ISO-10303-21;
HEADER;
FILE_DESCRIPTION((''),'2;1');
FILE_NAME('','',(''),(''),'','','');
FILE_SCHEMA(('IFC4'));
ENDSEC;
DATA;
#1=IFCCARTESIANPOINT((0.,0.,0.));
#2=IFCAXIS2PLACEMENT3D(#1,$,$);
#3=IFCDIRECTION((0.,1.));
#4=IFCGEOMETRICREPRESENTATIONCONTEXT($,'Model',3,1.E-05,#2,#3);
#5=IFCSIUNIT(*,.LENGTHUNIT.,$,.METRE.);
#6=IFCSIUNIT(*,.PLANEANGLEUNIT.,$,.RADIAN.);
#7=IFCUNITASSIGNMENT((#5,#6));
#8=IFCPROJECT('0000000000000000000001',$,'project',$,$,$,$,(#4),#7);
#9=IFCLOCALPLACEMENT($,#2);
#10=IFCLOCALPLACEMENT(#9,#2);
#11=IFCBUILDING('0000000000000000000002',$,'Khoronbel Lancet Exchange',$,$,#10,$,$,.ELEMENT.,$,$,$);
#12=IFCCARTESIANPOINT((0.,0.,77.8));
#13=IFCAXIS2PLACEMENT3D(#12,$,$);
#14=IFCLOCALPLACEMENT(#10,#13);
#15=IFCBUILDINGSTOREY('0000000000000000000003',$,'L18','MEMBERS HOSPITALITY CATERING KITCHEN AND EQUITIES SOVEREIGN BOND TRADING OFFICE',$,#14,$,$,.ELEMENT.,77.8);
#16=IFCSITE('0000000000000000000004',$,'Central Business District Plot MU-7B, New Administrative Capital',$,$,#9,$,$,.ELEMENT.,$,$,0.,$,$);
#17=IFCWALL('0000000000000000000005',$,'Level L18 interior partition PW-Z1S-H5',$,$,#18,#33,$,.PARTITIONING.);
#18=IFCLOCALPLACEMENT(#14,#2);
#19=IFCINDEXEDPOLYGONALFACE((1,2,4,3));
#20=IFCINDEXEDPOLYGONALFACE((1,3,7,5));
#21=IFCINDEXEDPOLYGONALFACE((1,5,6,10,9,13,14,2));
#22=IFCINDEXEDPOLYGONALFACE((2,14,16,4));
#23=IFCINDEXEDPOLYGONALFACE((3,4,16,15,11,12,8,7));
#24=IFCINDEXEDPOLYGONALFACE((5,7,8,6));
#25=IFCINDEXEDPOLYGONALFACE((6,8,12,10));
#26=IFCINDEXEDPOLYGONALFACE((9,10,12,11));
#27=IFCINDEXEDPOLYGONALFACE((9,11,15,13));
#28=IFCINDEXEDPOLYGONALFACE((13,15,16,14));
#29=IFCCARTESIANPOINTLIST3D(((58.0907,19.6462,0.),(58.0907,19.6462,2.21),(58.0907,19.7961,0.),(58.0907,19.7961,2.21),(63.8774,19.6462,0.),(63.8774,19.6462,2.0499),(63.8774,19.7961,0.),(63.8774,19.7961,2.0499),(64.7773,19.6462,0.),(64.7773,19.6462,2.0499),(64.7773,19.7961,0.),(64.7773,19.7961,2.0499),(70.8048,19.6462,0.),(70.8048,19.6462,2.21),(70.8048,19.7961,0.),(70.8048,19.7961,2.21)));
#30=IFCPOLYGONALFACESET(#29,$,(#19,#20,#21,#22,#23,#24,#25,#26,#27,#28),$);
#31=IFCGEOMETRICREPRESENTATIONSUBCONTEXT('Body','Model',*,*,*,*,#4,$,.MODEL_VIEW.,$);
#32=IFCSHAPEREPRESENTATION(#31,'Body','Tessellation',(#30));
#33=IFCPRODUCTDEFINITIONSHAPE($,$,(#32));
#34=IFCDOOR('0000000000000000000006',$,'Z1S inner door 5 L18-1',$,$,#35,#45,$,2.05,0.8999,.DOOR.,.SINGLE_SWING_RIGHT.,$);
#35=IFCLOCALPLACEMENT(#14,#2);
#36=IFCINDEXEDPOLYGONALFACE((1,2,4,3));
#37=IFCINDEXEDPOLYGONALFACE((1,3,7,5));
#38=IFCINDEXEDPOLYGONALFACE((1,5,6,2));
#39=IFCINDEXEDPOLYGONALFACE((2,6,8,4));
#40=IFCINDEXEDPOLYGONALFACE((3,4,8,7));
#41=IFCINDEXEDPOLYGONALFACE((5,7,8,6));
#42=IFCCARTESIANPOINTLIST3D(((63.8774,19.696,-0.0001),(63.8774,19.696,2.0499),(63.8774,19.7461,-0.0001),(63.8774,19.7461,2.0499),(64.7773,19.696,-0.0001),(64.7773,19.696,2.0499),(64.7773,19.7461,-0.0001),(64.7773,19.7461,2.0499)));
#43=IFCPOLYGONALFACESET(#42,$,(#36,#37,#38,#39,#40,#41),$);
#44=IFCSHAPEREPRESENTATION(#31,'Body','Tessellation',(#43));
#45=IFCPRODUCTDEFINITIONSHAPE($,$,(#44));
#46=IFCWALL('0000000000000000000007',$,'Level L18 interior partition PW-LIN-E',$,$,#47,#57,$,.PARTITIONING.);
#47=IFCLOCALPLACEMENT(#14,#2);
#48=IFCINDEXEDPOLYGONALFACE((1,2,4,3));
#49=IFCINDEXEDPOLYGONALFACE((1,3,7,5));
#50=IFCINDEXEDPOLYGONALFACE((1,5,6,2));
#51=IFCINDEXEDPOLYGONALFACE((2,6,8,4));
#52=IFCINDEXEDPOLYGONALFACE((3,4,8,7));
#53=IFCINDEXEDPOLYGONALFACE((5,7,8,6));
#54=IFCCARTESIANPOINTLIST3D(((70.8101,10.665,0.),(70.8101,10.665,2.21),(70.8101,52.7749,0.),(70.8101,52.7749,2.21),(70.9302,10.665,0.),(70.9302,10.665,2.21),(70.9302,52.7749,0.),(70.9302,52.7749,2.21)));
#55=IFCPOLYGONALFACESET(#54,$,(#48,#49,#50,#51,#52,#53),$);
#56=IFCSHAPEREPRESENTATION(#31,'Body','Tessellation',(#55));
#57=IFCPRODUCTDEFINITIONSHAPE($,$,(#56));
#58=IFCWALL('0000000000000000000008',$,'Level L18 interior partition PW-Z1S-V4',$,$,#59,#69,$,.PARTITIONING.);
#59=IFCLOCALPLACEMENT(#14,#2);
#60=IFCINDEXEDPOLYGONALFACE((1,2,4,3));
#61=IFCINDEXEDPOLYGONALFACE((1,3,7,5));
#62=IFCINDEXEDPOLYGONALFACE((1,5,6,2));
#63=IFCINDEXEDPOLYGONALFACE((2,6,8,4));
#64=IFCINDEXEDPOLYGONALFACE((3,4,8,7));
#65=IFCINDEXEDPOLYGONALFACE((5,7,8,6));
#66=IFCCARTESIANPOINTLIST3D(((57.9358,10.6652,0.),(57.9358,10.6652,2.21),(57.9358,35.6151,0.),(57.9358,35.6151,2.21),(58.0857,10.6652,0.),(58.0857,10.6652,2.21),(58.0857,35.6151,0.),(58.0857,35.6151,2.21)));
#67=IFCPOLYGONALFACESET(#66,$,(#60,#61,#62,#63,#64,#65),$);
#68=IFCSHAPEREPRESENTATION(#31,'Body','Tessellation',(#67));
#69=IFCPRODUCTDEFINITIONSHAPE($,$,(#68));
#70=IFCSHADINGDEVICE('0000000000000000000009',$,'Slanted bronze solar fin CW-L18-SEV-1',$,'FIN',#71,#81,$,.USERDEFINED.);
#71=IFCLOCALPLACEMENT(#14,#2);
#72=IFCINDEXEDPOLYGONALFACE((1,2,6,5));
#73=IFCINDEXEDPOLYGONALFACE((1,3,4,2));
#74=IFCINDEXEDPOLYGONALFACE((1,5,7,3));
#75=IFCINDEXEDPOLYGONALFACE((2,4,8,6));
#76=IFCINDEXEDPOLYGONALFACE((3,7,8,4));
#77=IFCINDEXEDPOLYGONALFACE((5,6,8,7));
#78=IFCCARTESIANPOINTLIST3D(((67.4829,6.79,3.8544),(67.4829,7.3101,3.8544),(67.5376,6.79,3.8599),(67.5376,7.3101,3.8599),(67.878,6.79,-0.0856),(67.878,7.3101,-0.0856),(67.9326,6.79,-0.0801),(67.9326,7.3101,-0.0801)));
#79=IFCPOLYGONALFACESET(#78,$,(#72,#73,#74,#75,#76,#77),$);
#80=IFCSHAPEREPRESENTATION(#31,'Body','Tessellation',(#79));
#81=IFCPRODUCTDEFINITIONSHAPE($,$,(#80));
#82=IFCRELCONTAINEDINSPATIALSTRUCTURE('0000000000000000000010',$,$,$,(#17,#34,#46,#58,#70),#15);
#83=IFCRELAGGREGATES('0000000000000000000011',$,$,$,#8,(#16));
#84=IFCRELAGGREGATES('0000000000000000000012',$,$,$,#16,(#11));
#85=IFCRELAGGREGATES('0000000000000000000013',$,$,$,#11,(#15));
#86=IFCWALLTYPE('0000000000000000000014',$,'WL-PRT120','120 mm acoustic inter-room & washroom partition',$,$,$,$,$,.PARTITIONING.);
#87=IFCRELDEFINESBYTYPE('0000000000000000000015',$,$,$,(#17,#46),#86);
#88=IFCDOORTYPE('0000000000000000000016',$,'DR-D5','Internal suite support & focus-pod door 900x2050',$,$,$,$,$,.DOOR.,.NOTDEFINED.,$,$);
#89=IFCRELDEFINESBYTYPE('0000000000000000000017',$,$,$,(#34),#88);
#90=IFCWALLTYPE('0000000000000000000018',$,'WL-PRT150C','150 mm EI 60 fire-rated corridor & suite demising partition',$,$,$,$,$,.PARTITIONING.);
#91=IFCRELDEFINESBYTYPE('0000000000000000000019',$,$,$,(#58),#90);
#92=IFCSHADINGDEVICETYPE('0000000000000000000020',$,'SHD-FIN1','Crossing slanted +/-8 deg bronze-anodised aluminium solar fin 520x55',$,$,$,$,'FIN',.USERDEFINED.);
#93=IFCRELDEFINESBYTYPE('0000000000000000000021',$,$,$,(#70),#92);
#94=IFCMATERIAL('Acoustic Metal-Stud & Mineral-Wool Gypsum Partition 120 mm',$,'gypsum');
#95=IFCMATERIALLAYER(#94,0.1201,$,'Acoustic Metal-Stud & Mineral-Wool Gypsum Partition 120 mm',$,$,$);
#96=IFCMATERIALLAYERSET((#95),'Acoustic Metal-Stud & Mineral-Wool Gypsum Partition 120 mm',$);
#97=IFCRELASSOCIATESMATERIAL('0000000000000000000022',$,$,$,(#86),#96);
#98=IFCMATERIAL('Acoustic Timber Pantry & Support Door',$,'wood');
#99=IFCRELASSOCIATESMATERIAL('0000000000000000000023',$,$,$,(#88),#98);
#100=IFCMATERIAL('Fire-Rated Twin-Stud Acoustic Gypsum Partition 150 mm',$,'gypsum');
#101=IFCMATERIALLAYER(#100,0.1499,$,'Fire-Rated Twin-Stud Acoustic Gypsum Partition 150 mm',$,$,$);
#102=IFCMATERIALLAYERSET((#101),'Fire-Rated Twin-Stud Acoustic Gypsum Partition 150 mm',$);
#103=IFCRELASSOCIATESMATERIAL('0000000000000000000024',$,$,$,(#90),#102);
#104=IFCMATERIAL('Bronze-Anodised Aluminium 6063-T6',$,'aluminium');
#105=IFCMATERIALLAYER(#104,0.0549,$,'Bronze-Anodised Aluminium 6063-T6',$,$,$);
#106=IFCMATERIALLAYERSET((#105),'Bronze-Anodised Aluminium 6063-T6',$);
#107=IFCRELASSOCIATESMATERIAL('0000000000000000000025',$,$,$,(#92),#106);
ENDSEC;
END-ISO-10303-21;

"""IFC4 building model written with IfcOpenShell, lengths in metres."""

from ifc_helpers import new_model, si_unit, direction, frame, frame_2d, origin, place, context, subcontext, project, spatial, polyline, rectangle, outline, extrude, material, layer, layer_set, type_object, element, fill, save


model = new_model("IFC4")

# Units and contexts
model_context = context("Model", 3, precision=1e-05, world=origin(), true_north=direction((0.0, 1.0)))
body_context = subcontext(model_context, "Body", "Model", "MODEL_VIEW")
ifc_project = project(units=[si_unit("LENGTHUNIT", "METRE"), si_unit("PLANEANGLEUNIT", "RADIAN")], contexts=[model_context])

# Site, building, storey
site_placement = place(None, origin())
site = spatial("IfcSite", under=ifc_project, at=site_placement, Name="Central Business District Plot MU-7B, New Administrative Capital", CompositionType="ELEMENT", RefElevation=0.0)
building_placement = place(site_placement, origin())
building = spatial("IfcBuilding", under=site, at=building_placement, Name="Khoronbel Lancet Exchange", CompositionType="ELEMENT")
storey_placement = place(building_placement, frame((0.0, 0.0, 77.8)))
storey = spatial("IfcBuildingStorey", under=building, at=storey_placement, Name="L18", Description="MEMBERS HOSPITALITY CATERING KITCHEN AND EQUITIES SOVEREIGN BOND TRADING OFFICE", CompositionType="ELEMENT", Elevation=77.8)

# Shared definitions
ifc_material_1 = material(Name="Bronze-Anodised Aluminium 6063-T6", Category="aluminium")

# Wall, opening, door
ifc_material_2 = material(Name="Acoustic Metal-Stud & Mineral-Wool Gypsum Partition 120 mm", Category="gypsum")
ifc_layer_1 = layer(ifc_material_2, 0.1201, Name="Acoustic Metal-Stud & Mineral-Wool Gypsum Partition 120 mm")
ifc_layer_set_1 = layer_set([ifc_layer_1], Name="Acoustic Metal-Stud & Mineral-Wool Gypsum Partition 120 mm")
wall_type_1 = type_object("IfcWallType", Name="WL-PRT120", Description="120 mm acoustic inter-room & washroom partition", PredefinedType="PARTITIONING", material=ifc_layer_set_1)
wall_1_placement = place(storey_placement, frame((58.0908, 19.7212, 0.0), z_axis=(0.0, 0.0, 1.0), x_axis=(1.0, 0.0, 0.0)))
wall_1 = element("IfcWall", 1, at=wall_1_placement, inside=storey, type_object=wall_type_1, Name="Level L18 interior partition PW-Z1S-H5", PredefinedType="PARTITIONING", context=body_context, shape_type="SweptSolid", body=[
    extrude(rectangle(XDim=12.7141, YDim=0.1499, at=frame_2d((6.3569, 0.0))), origin(), (0.0, 0.0, 1.0), 2.21),
])
opening_placement = place(wall_1_placement, frame((5.7866, 0.0, 0.0)))
opening = element("IfcOpeningElement", 2, at=opening_placement, cuts=wall_1, PredefinedType="OPENING", context=body_context, shape_type="SweptSolid", body=[
    extrude(rectangle(XDim=0.8999, YDim=2.05, at=frame_2d((0.45, 1.0249))), frame((0.0, 0.085, 0.0), z_axis=(0.0, -1.0, 0.0), x_axis=(1.0, 0.0, 0.0)), (0.0, 0.0, 1.0), 0.1699),
])
ifc_material_3 = material(Name="Acoustic Timber Pantry & Support Door", Category="wood")
door_type = type_object("IfcDoorType", Name="DR-D5", Description="Internal suite support & focus-pod door 900x2050", OperationType="NOTDEFINED", PredefinedType="DOOR", material=ifc_material_3)
door_placement = place(opening_placement, origin())
door = element("IfcDoor", 3, at=door_placement, inside=storey, type_object=door_type, Name="Z1S inner door 5 L18-1", OperationType="SINGLE_SWING_RIGHT", OverallHeight=2.05, OverallWidth=0.8999, PredefinedType="DOOR", context=body_context, shape_type="SweptSolid", body=[
    extrude(rectangle(XDim=0.8999, YDim=2.05, at=frame_2d((0.45, 1.0249))), frame((0.0, 0.0249, 0.0), z_axis=(0.0, -1.0, 0.0), x_axis=(1.0, 0.0, 0.0)), (0.0, 0.0, 1.0), 0.05),
])
fill(opening, door)

# Walls
wall_2_placement = place(storey_placement, frame((70.8701, 10.665, 0.0), z_axis=(0.0, 0.0, 1.0), x_axis=(0.0, 1.0, 0.0)))
element("IfcWall", 4, at=wall_2_placement, inside=storey, type_object=wall_type_1, Name="Level L18 interior partition PW-LIN-E", PredefinedType="PARTITIONING", context=body_context, shape_type="SweptSolid", body=[
    extrude(rectangle(XDim=42.1099, YDim=0.1201, at=frame_2d((21.0549, 0.0))), origin(), (0.0, 0.0, 1.0), 2.21),
])
ifc_material_4 = material(Name="Fire-Rated Twin-Stud Acoustic Gypsum Partition 150 mm", Category="gypsum")
ifc_layer_2 = layer(ifc_material_4, 0.1499, Name="Fire-Rated Twin-Stud Acoustic Gypsum Partition 150 mm")
ifc_layer_set_2 = layer_set([ifc_layer_2], Name="Fire-Rated Twin-Stud Acoustic Gypsum Partition 150 mm")
wall_type_2 = type_object("IfcWallType", Name="WL-PRT150C", Description="150 mm EI 60 fire-rated corridor & suite demising partition", PredefinedType="PARTITIONING", material=ifc_layer_set_2)
wall_3_placement = place(storey_placement, frame((58.0107, 10.665, 0.0), z_axis=(0.0, 0.0, 1.0), x_axis=(0.0, 1.0, 0.0)))
element("IfcWall", 5, at=wall_3_placement, inside=storey, type_object=wall_type_2, Name="Level L18 interior partition PW-Z1S-V4", PredefinedType="PARTITIONING", context=body_context, shape_type="SweptSolid", body=[
    extrude(rectangle(XDim=24.95, YDim=0.1499, at=frame_2d((12.4751, 0.0))), origin(), (0.0, 0.0, 1.0), 2.21),
])

# Shading device
ifc_layer_3 = layer(ifc_material_1, 0.0549, Name="Bronze-Anodised Aluminium 6063-T6")
ifc_layer_set_3 = layer_set([ifc_layer_3], Name="Bronze-Anodised Aluminium 6063-T6")
shading_device_type = type_object("IfcShadingDeviceType", Name="SHD-FIN1", Description="Crossing slanted +/-8 deg bronze-anodised aluminium solar fin 520x55", ElementType="FIN", PredefinedType="USERDEFINED", material=ifc_layer_set_3)
shading_device_placement = place(storey_placement, frame((67.9326, 7.3101, -0.0801), z_axis=(0.995012, 0.0, 0.09976), x_axis=(0.0, -1.0, 0.0)))
element("IfcShadingDevice", 6, at=shading_device_placement, inside=storey, type_object=shading_device_type, Name="Slanted bronze solar fin CW-L18-SEV-1", ObjectType="FIN", PredefinedType="USERDEFINED", context=body_context, shape_type="SweptSolid", body=[
    extrude(outline(polyline([(0.0, 0.0), (0.52, 0.0), (0.52, -3.9597), (0.0, -3.9597), (0.0, 0.0)])), origin(), (0.0, 0.0, -1.0), 0.0549),
])

save(model, "model.ifc")
